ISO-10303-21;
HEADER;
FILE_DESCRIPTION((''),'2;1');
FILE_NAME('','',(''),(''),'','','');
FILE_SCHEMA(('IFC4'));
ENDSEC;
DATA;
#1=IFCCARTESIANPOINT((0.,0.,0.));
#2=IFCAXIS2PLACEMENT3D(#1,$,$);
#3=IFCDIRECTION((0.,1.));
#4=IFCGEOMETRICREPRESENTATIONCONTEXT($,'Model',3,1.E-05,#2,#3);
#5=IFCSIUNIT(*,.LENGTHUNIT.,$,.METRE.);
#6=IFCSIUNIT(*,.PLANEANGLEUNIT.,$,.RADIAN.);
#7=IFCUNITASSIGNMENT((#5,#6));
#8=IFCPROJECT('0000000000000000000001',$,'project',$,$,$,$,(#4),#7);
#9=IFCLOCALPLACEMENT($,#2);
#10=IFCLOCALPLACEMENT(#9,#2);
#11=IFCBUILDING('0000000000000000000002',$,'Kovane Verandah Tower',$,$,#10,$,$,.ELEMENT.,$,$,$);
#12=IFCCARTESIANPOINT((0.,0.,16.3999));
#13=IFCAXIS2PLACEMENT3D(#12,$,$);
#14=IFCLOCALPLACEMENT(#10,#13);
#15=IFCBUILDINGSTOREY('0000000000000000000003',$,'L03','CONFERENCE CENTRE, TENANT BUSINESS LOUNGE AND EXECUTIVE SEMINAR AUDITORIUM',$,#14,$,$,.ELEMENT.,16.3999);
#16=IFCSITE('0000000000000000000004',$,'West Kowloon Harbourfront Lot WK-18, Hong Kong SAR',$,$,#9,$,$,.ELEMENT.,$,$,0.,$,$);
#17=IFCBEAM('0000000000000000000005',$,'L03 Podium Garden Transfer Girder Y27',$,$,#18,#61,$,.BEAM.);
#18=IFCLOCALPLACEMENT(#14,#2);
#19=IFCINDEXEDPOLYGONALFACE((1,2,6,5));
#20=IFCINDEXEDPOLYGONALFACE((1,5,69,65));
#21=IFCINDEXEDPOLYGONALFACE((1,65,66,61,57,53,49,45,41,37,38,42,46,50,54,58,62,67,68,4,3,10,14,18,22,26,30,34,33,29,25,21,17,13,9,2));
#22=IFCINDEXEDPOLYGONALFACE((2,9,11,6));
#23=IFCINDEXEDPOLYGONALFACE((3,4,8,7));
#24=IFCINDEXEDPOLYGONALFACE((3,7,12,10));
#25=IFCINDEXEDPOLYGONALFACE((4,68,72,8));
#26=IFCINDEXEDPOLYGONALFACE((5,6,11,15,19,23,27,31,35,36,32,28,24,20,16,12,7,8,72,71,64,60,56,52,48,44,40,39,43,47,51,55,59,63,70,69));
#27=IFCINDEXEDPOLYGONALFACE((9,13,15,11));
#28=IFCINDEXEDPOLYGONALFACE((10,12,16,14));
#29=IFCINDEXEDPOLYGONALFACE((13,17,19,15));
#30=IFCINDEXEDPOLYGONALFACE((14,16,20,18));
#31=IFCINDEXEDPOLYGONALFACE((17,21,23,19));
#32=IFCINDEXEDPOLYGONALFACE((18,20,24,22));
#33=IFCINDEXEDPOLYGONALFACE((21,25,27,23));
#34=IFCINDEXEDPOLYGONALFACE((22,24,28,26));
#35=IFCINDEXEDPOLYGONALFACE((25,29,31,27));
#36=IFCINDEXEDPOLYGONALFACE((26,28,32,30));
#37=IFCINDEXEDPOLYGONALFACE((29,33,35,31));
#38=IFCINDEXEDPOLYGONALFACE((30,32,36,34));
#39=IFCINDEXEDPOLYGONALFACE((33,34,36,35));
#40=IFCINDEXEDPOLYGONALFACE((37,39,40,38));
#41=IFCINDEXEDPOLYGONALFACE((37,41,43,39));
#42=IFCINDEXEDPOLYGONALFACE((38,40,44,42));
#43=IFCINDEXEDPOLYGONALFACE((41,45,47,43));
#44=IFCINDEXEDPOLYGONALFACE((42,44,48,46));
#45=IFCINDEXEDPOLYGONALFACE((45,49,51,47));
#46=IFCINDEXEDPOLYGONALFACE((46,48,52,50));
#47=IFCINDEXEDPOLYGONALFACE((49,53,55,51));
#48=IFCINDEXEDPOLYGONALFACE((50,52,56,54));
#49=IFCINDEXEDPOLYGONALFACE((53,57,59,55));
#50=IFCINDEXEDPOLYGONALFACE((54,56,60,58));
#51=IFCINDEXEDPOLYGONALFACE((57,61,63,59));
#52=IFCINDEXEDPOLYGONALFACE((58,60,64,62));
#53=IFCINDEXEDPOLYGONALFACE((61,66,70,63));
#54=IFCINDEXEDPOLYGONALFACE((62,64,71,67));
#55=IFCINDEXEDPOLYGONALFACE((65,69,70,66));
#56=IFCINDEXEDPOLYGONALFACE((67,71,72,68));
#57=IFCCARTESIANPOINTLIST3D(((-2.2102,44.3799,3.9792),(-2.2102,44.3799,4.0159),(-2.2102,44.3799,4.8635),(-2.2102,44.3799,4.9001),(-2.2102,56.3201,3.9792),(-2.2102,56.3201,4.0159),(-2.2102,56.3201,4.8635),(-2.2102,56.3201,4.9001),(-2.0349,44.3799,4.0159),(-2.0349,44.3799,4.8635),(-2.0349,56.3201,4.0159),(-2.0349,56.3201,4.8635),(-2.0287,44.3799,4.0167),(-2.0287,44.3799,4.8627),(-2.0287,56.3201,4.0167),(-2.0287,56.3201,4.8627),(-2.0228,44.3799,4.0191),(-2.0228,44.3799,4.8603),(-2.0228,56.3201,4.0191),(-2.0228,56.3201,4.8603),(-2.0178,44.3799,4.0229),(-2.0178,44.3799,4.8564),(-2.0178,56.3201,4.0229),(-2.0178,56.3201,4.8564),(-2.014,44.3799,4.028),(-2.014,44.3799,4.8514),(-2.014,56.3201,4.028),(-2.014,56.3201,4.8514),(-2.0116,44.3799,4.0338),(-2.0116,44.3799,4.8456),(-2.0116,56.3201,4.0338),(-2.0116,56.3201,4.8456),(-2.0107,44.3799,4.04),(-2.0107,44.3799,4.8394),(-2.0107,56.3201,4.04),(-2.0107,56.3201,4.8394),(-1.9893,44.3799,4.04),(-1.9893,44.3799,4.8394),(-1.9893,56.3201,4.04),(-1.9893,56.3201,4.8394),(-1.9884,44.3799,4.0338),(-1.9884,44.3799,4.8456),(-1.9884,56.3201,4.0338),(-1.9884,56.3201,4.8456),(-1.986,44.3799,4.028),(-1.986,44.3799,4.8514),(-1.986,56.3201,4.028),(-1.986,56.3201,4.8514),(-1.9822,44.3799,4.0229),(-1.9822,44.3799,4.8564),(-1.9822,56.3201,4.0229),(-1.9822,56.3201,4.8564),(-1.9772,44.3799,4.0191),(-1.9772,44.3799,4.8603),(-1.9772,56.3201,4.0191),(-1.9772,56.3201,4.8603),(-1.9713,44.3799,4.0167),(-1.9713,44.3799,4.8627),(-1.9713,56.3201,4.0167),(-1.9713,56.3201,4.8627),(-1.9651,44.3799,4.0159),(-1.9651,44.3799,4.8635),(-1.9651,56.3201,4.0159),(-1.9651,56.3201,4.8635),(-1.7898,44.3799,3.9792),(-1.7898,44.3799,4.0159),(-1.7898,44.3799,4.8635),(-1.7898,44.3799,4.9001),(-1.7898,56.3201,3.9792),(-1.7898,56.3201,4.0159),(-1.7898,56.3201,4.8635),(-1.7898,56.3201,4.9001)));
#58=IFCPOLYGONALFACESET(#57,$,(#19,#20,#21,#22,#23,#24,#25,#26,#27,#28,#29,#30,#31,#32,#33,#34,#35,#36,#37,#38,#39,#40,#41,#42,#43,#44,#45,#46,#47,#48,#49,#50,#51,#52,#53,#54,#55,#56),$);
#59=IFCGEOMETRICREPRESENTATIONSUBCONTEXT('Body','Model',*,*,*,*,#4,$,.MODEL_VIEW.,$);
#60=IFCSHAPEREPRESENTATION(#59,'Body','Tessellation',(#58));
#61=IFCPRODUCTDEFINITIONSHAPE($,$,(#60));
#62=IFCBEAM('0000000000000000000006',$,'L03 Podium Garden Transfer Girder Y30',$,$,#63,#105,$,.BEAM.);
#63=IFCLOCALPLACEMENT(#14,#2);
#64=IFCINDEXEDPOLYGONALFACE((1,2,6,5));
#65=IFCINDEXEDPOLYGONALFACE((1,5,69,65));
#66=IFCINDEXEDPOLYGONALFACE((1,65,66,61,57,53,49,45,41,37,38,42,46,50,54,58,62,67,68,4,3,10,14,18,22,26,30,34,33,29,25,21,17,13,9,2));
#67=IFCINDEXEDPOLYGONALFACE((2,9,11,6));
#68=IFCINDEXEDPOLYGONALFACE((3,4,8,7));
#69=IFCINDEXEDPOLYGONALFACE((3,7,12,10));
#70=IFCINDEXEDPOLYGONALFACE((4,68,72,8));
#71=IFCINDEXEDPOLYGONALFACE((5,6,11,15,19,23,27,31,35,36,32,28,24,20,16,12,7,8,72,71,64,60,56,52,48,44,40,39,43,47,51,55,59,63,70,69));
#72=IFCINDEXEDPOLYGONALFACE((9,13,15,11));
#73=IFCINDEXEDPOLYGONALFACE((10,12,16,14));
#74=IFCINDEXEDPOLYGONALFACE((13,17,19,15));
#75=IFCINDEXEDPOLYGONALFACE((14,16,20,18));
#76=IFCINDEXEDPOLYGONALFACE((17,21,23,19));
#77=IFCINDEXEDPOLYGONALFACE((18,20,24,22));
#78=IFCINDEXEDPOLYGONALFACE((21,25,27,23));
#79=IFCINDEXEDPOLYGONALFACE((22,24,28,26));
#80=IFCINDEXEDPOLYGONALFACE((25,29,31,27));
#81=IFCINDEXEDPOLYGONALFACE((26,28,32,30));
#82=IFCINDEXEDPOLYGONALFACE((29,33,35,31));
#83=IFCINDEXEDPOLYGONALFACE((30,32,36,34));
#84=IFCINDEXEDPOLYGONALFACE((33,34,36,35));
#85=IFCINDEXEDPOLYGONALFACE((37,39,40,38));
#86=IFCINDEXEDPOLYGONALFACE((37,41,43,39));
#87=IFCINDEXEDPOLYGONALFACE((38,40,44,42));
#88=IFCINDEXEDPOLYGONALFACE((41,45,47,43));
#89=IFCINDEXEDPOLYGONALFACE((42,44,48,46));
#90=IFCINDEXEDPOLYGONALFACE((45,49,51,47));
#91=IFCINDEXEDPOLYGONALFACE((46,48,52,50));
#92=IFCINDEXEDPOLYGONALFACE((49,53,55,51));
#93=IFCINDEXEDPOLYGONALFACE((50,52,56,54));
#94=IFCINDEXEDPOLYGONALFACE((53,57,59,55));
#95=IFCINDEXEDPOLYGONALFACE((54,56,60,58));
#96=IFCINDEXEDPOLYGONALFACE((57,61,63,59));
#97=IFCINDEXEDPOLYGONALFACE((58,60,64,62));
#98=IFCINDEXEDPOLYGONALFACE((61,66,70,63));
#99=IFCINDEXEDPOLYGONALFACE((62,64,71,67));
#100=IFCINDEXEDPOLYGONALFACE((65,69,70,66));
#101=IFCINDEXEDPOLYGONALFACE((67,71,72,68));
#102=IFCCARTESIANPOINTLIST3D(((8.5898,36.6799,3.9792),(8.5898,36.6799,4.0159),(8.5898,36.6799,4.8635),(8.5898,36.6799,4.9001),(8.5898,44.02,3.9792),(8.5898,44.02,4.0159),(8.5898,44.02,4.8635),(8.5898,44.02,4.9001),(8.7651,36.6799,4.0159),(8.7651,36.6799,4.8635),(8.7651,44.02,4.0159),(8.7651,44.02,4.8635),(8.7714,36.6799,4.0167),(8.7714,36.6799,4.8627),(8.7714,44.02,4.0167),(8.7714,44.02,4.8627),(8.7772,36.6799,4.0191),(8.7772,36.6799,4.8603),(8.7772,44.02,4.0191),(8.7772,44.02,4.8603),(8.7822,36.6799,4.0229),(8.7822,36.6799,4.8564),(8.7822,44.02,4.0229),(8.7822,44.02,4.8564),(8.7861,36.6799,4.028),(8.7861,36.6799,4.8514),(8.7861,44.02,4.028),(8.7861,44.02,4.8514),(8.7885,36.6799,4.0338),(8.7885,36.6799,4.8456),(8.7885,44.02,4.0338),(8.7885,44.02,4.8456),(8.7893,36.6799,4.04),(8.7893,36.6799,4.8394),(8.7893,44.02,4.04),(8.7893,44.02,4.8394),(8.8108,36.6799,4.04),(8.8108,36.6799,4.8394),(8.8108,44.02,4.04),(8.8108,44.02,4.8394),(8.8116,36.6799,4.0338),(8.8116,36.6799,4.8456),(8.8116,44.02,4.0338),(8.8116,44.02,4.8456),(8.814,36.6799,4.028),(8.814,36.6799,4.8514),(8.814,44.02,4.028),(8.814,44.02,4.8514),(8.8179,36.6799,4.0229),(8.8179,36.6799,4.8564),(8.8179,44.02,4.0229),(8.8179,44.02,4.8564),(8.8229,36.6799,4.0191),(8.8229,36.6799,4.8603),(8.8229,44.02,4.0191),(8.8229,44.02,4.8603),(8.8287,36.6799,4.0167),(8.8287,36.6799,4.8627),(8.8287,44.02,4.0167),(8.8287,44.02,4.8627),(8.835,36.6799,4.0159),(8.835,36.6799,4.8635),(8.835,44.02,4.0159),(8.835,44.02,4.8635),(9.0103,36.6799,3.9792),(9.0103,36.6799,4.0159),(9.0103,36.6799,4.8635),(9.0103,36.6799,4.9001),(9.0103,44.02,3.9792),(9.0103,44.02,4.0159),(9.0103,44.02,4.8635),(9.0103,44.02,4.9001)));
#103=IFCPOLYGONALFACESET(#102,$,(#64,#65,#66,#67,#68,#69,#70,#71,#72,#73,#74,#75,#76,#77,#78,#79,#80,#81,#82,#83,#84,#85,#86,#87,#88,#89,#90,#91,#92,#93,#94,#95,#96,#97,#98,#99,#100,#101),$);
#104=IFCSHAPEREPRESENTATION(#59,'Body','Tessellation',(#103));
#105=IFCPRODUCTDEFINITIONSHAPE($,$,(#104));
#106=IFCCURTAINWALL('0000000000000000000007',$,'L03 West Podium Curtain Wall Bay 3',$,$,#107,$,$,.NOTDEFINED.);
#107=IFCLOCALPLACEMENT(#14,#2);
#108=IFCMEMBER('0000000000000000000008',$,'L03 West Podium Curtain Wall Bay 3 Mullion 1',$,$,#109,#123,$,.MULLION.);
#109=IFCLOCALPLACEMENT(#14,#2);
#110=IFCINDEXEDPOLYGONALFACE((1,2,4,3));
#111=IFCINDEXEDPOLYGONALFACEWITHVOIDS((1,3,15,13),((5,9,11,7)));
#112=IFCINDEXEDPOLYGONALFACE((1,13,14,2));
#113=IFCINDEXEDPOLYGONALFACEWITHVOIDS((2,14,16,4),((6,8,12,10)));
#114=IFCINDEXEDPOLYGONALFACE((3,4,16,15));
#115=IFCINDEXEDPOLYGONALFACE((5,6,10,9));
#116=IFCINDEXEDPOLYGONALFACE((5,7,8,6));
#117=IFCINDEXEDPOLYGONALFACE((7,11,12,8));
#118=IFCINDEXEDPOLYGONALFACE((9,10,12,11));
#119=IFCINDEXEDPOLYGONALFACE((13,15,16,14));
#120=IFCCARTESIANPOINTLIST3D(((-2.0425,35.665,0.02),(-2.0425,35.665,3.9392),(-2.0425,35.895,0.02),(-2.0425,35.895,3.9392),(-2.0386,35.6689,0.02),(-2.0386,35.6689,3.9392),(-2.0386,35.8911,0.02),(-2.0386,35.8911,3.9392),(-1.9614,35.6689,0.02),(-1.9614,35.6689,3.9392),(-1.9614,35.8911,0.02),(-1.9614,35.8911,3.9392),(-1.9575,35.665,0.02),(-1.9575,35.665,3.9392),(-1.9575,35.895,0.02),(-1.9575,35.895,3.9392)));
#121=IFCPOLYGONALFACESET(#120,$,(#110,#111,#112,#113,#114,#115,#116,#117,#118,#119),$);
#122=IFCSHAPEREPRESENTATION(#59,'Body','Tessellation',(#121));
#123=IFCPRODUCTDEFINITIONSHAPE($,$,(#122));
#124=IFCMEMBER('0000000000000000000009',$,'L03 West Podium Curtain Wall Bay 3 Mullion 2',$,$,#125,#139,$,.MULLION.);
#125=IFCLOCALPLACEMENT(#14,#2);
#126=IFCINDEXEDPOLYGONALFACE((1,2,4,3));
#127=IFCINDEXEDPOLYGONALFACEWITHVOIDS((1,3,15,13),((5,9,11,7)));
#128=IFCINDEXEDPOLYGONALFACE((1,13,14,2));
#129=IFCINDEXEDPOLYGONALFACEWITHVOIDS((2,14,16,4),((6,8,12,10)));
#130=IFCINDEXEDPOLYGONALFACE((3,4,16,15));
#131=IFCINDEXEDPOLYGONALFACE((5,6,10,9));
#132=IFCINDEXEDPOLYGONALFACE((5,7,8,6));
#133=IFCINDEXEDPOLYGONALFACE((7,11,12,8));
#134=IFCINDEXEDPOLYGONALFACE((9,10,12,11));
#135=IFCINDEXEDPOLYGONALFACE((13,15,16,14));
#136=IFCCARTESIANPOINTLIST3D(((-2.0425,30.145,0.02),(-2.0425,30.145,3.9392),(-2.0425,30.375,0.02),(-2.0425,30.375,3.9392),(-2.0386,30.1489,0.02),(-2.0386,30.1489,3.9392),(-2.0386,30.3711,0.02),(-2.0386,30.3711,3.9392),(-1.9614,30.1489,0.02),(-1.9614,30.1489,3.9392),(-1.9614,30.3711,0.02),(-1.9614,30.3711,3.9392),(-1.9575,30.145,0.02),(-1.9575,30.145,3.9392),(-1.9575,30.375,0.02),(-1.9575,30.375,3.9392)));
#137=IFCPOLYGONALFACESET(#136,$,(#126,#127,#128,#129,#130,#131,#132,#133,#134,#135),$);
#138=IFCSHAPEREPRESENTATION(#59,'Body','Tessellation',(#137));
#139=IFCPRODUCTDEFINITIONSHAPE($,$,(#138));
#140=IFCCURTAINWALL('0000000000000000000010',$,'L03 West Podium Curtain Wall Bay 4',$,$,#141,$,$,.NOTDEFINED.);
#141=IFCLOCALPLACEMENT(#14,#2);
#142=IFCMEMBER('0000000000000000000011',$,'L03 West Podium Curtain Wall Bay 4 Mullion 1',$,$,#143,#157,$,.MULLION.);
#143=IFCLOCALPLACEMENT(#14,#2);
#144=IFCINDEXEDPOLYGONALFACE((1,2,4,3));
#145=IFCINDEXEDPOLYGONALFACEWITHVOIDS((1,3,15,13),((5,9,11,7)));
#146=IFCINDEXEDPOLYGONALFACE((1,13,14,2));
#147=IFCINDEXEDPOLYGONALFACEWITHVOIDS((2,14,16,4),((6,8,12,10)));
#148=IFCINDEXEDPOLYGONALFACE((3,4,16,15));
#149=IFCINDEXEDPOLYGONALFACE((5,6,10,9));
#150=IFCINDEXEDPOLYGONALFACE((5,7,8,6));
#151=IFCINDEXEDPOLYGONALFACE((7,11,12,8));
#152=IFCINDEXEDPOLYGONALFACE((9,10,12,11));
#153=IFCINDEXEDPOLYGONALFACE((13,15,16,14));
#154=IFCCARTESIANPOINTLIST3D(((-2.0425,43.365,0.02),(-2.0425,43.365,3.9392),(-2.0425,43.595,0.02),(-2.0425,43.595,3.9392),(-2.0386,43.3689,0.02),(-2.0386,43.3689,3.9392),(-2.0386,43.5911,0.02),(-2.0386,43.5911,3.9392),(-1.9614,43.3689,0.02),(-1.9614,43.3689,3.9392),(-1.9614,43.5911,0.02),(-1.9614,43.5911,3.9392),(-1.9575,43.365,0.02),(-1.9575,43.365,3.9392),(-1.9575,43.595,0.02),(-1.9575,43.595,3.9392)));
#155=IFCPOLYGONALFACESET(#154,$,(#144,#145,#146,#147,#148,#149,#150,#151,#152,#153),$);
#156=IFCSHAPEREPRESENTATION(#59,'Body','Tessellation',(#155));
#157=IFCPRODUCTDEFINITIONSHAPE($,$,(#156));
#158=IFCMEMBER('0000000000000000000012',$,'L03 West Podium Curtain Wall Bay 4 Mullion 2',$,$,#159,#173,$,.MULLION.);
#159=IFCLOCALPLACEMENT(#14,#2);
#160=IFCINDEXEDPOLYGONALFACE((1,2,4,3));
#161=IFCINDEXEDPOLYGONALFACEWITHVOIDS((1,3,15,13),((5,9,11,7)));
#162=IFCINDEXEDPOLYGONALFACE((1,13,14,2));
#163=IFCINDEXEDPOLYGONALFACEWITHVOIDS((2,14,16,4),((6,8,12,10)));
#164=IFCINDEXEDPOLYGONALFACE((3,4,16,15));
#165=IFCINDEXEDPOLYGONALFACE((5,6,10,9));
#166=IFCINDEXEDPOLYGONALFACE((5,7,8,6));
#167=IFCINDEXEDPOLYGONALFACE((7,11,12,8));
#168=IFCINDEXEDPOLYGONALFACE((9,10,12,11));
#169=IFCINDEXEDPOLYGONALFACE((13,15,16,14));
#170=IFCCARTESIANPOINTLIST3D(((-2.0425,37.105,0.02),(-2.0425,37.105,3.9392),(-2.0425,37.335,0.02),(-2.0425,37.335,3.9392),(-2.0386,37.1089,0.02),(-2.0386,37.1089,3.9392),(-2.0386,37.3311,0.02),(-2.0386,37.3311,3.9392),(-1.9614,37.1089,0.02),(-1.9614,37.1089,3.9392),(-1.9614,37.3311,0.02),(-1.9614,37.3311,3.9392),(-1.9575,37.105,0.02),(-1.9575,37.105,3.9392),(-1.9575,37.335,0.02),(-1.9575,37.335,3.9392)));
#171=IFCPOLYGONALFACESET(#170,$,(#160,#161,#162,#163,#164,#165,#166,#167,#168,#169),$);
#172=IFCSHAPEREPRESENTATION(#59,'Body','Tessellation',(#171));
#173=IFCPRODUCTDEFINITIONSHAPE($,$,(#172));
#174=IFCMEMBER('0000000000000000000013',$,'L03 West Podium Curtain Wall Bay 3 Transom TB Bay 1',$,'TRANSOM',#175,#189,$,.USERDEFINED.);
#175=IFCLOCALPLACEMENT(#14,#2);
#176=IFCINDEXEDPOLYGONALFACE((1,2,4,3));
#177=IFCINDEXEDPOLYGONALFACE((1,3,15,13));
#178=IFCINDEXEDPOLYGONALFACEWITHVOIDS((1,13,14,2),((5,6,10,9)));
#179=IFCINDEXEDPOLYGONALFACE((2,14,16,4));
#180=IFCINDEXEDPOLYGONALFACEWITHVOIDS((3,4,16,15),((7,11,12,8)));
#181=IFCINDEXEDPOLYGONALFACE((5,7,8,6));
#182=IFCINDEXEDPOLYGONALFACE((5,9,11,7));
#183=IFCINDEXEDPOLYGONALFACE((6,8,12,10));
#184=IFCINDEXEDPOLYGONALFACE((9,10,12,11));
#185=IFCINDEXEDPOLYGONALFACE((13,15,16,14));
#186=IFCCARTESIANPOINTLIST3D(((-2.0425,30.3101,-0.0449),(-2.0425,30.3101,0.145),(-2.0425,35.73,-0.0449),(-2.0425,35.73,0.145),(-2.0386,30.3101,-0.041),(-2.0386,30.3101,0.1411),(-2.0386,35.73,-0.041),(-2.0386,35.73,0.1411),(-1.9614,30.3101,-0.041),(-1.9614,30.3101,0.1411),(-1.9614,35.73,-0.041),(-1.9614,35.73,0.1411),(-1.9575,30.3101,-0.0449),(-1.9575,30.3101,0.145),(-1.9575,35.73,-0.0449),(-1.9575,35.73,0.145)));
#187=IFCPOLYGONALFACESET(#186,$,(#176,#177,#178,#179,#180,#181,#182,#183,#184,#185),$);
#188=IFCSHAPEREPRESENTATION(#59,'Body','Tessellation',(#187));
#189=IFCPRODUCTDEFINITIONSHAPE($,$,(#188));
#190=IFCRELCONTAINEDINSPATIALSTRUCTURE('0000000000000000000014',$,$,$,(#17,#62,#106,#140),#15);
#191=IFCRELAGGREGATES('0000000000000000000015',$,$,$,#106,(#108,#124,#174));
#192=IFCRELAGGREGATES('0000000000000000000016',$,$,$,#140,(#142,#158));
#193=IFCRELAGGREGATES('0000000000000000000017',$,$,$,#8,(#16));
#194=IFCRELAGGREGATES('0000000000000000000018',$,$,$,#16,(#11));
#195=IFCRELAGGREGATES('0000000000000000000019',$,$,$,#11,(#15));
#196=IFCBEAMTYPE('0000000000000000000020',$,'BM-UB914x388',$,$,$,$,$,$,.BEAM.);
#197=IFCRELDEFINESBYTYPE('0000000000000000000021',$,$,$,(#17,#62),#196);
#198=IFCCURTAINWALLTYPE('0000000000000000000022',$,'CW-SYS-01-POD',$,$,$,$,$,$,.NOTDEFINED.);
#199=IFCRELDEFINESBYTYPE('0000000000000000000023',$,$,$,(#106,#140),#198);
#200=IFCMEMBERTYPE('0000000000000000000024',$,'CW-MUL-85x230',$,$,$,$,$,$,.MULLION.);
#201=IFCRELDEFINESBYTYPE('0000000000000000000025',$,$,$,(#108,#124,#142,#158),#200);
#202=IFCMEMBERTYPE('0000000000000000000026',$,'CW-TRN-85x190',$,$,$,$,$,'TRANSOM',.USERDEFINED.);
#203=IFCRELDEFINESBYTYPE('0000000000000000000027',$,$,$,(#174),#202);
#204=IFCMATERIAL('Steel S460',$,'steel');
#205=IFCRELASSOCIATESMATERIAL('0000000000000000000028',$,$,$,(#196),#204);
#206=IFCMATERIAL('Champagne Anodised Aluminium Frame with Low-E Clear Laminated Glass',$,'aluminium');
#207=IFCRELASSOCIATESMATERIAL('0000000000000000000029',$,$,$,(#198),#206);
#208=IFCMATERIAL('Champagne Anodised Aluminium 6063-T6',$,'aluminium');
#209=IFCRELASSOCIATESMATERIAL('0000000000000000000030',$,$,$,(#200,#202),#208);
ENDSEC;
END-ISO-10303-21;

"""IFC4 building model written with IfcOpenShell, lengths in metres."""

from ifc_helpers import new_model, si_unit, direction, frame, origin, origin_2d, place, context, subcontext, project, spatial, hollow_rectangle, i_section, extrude, material, material_profile, profile_set, type_object, element, aggregate, save


model = new_model("IFC4")

# Units and contexts
model_context = context("Model", 3, precision=1e-05, world=origin(), true_north=direction((0.0, 1.0)))
body_context = subcontext(model_context, "Body", "Model", "MODEL_VIEW")
ifc_project = project(units=[si_unit("LENGTHUNIT", "METRE"), si_unit("PLANEANGLEUNIT", "RADIAN")], contexts=[model_context])

# Site, building, storey
site_placement = place(None, origin())
site = spatial("IfcSite", under=ifc_project, at=site_placement, Name="West Kowloon Harbourfront Lot WK-18, Hong Kong SAR", CompositionType="ELEMENT", RefElevation=0.0)
building_placement = place(site_placement, origin())
building = spatial("IfcBuilding", under=site, at=building_placement, Name="Kovane Verandah Tower", CompositionType="ELEMENT")
storey_placement = place(building_placement, frame((0.0, 0.0, 16.3999)))
storey = spatial("IfcBuildingStorey", under=building, at=storey_placement, Name="L03", Description="CONFERENCE CENTRE, TENANT BUSINESS LOUNGE AND EXECUTIVE SEMINAR AUDITORIUM", CompositionType="ELEMENT", Elevation=16.3999)

# Beams
ifc_material_1 = material(Name="Steel S460", Category="steel")
ifc_material_profile_1 = material_profile(ifc_material_1, i_section(OverallWidth=0.4204, OverallDepth=0.9209, WebThickness=0.0215, FlangeThickness=0.0366, FilletRadius=0.0242, at=origin_2d()), Name="UB914x419x388")
ifc_profile_set_1 = profile_set([ifc_material_profile_1], Name="Steel S460")
beam_type = type_object("IfcBeamType", Name="BM-UB914x388", PredefinedType="BEAM", material=ifc_profile_set_1)
beam_1_placement = place(storey_placement, frame((-2.0, 44.3799, 4.4397), z_axis=(0.0, 1.0, 0.0), x_axis=(-1.0, 0.0, 0.0)))
element("IfcBeam", 1, at=beam_1_placement, inside=storey, type_object=beam_type, Name="L03 Podium Garden Transfer Girder Y27", PredefinedType="BEAM", context=body_context, shape_type="SweptSolid", body=[
    extrude(i_section(OverallWidth=0.4204, OverallDepth=0.9209, WebThickness=0.0215, FlangeThickness=0.0366, FilletRadius=0.0242, at=origin_2d()), origin(), (0.0, 0.0, 1.0), 11.9402),
])
beam_2_placement = place(storey_placement, frame((8.8, 36.6799, 4.4397), z_axis=(0.0, 1.0, 0.0), x_axis=(-1.0, 0.0, 0.0)))
element("IfcBeam", 2, at=beam_2_placement, inside=storey, type_object=beam_type, Name="L03 Podium Garden Transfer Girder Y30", PredefinedType="BEAM", context=body_context, shape_type="SweptSolid", body=[
    extrude(i_section(OverallWidth=0.4204, OverallDepth=0.9209, WebThickness=0.0215, FlangeThickness=0.0366, FilletRadius=0.0242, at=origin_2d()), origin(), (0.0, 0.0, 1.0), 7.3401),
])

# Curtain walls, members
ifc_material_2 = material(Name="Champagne Anodised Aluminium Frame with Low-E Clear Laminated Glass", Category="aluminium")
curtain_wall_type = type_object("IfcCurtainWallType", Name="CW-SYS-01-POD", PredefinedType="NOTDEFINED", material=ifc_material_2)
curtain_wall_1_placement = place(storey_placement, origin())
curtain_wall_1 = element("IfcCurtainWall", 3, at=curtain_wall_1_placement, inside=storey, type_object=curtain_wall_type, Name="L03 West Podium Curtain Wall Bay 3", PredefinedType="NOTDEFINED")
ifc_material_3 = material(Name="Champagne Anodised Aluminium 6063-T6", Category="aluminium")
ifc_material_profile_2 = material_profile(ifc_material_3, hollow_rectangle(XDim=0.085, YDim=0.23, WallThickness=0.0039, at=origin_2d()), Name="AL85x230x4")
ifc_profile_set_2 = profile_set([ifc_material_profile_2], Name="Champagne Anodised Aluminium 6063-T6")
member_type_1 = type_object("IfcMemberType", Name="CW-MUL-85x230", PredefinedType="MULLION", material=ifc_profile_set_2)
member_1_placement = place(storey_placement, frame((-2.0, 35.78, 0.02), z_axis=(0.0, 0.0, 1.0), x_axis=(-1.0, 0.0, 0.0)))
member_1 = element("IfcMember", 4, at=member_1_placement, type_object=member_type_1, Name="L03 West Podium Curtain Wall Bay 3 Mullion 1", PredefinedType="MULLION", context=body_context, shape_type="SweptSolid", body=[
    extrude(hollow_rectangle(XDim=0.085, YDim=0.23, WallThickness=0.0039, at=origin_2d()), origin(), (0.0, 0.0, 1.0), 3.9192),
])
member_2_placement = place(storey_placement, frame((-2.0, 30.26, 0.02), z_axis=(0.0, 0.0, 1.0), x_axis=(-1.0, 0.0, 0.0)))
member_2 = element("IfcMember", 5, at=member_2_placement, type_object=member_type_1, Name="L03 West Podium Curtain Wall Bay 3 Mullion 2", PredefinedType="MULLION", context=body_context, shape_type="SweptSolid", body=[
    extrude(hollow_rectangle(XDim=0.085, YDim=0.23, WallThickness=0.0039, at=origin_2d()), origin(), (0.0, 0.0, 1.0), 3.9192),
])
curtain_wall_2_placement = place(storey_placement, origin())
curtain_wall_2 = element("IfcCurtainWall", 6, at=curtain_wall_2_placement, inside=storey, type_object=curtain_wall_type, Name="L03 West Podium Curtain Wall Bay 4", PredefinedType="NOTDEFINED")
member_3_placement = place(storey_placement, frame((-2.0, 43.48, 0.02), z_axis=(0.0, 0.0, 1.0), x_axis=(-1.0, 0.0, 0.0)))
member_3 = element("IfcMember", 7, at=member_3_placement, type_object=member_type_1, Name="L03 West Podium Curtain Wall Bay 4 Mullion 1", PredefinedType="MULLION", context=body_context, shape_type="SweptSolid", body=[
    extrude(hollow_rectangle(XDim=0.085, YDim=0.23, WallThickness=0.0039, at=origin_2d()), origin(), (0.0, 0.0, 1.0), 3.9192),
])
member_4_placement = place(storey_placement, frame((-2.0, 37.22, 0.02), z_axis=(0.0, 0.0, 1.0), x_axis=(-1.0, 0.0, 0.0)))
member_4 = element("IfcMember", 8, at=member_4_placement, type_object=member_type_1, Name="L03 West Podium Curtain Wall Bay 4 Mullion 2", PredefinedType="MULLION", context=body_context, shape_type="SweptSolid", body=[
    extrude(hollow_rectangle(XDim=0.085, YDim=0.23, WallThickness=0.0039, at=origin_2d()), origin(), (0.0, 0.0, 1.0), 3.9192),
])

# Member
ifc_material_profile_3 = material_profile(ifc_material_3, hollow_rectangle(XDim=0.085, YDim=0.1899, WallThickness=0.0039, at=origin_2d()), Name="AL85x190x4")
ifc_profile_set_3 = profile_set([ifc_material_profile_3], Name="Champagne Anodised Aluminium 6063-T6")
member_type_2 = type_object("IfcMemberType", Name="CW-TRN-85x190", ElementType="TRANSOM", PredefinedType="USERDEFINED", material=ifc_profile_set_3)
member_5_placement = place(storey_placement, frame((-2.0, 35.73, 0.05), z_axis=(0.0, -1.0, 0.0), x_axis=(1.0, 0.0, 0.0)))
member_5 = element("IfcMember", 9, at=member_5_placement, type_object=member_type_2, Name="L03 West Podium Curtain Wall Bay 3 Transom TB Bay 1", ObjectType="TRANSOM", PredefinedType="USERDEFINED", context=body_context, shape_type="SweptSolid", body=[
    extrude(hollow_rectangle(XDim=0.085, YDim=0.1899, WallThickness=0.0039, at=origin_2d()), origin(), (0.0, 0.0, 1.0), 5.4199),
])

aggregate(curtain_wall_1, [member_1, member_2, member_5])
aggregate(curtain_wall_2, [member_3, member_4])

save(model, "model.ifc")
